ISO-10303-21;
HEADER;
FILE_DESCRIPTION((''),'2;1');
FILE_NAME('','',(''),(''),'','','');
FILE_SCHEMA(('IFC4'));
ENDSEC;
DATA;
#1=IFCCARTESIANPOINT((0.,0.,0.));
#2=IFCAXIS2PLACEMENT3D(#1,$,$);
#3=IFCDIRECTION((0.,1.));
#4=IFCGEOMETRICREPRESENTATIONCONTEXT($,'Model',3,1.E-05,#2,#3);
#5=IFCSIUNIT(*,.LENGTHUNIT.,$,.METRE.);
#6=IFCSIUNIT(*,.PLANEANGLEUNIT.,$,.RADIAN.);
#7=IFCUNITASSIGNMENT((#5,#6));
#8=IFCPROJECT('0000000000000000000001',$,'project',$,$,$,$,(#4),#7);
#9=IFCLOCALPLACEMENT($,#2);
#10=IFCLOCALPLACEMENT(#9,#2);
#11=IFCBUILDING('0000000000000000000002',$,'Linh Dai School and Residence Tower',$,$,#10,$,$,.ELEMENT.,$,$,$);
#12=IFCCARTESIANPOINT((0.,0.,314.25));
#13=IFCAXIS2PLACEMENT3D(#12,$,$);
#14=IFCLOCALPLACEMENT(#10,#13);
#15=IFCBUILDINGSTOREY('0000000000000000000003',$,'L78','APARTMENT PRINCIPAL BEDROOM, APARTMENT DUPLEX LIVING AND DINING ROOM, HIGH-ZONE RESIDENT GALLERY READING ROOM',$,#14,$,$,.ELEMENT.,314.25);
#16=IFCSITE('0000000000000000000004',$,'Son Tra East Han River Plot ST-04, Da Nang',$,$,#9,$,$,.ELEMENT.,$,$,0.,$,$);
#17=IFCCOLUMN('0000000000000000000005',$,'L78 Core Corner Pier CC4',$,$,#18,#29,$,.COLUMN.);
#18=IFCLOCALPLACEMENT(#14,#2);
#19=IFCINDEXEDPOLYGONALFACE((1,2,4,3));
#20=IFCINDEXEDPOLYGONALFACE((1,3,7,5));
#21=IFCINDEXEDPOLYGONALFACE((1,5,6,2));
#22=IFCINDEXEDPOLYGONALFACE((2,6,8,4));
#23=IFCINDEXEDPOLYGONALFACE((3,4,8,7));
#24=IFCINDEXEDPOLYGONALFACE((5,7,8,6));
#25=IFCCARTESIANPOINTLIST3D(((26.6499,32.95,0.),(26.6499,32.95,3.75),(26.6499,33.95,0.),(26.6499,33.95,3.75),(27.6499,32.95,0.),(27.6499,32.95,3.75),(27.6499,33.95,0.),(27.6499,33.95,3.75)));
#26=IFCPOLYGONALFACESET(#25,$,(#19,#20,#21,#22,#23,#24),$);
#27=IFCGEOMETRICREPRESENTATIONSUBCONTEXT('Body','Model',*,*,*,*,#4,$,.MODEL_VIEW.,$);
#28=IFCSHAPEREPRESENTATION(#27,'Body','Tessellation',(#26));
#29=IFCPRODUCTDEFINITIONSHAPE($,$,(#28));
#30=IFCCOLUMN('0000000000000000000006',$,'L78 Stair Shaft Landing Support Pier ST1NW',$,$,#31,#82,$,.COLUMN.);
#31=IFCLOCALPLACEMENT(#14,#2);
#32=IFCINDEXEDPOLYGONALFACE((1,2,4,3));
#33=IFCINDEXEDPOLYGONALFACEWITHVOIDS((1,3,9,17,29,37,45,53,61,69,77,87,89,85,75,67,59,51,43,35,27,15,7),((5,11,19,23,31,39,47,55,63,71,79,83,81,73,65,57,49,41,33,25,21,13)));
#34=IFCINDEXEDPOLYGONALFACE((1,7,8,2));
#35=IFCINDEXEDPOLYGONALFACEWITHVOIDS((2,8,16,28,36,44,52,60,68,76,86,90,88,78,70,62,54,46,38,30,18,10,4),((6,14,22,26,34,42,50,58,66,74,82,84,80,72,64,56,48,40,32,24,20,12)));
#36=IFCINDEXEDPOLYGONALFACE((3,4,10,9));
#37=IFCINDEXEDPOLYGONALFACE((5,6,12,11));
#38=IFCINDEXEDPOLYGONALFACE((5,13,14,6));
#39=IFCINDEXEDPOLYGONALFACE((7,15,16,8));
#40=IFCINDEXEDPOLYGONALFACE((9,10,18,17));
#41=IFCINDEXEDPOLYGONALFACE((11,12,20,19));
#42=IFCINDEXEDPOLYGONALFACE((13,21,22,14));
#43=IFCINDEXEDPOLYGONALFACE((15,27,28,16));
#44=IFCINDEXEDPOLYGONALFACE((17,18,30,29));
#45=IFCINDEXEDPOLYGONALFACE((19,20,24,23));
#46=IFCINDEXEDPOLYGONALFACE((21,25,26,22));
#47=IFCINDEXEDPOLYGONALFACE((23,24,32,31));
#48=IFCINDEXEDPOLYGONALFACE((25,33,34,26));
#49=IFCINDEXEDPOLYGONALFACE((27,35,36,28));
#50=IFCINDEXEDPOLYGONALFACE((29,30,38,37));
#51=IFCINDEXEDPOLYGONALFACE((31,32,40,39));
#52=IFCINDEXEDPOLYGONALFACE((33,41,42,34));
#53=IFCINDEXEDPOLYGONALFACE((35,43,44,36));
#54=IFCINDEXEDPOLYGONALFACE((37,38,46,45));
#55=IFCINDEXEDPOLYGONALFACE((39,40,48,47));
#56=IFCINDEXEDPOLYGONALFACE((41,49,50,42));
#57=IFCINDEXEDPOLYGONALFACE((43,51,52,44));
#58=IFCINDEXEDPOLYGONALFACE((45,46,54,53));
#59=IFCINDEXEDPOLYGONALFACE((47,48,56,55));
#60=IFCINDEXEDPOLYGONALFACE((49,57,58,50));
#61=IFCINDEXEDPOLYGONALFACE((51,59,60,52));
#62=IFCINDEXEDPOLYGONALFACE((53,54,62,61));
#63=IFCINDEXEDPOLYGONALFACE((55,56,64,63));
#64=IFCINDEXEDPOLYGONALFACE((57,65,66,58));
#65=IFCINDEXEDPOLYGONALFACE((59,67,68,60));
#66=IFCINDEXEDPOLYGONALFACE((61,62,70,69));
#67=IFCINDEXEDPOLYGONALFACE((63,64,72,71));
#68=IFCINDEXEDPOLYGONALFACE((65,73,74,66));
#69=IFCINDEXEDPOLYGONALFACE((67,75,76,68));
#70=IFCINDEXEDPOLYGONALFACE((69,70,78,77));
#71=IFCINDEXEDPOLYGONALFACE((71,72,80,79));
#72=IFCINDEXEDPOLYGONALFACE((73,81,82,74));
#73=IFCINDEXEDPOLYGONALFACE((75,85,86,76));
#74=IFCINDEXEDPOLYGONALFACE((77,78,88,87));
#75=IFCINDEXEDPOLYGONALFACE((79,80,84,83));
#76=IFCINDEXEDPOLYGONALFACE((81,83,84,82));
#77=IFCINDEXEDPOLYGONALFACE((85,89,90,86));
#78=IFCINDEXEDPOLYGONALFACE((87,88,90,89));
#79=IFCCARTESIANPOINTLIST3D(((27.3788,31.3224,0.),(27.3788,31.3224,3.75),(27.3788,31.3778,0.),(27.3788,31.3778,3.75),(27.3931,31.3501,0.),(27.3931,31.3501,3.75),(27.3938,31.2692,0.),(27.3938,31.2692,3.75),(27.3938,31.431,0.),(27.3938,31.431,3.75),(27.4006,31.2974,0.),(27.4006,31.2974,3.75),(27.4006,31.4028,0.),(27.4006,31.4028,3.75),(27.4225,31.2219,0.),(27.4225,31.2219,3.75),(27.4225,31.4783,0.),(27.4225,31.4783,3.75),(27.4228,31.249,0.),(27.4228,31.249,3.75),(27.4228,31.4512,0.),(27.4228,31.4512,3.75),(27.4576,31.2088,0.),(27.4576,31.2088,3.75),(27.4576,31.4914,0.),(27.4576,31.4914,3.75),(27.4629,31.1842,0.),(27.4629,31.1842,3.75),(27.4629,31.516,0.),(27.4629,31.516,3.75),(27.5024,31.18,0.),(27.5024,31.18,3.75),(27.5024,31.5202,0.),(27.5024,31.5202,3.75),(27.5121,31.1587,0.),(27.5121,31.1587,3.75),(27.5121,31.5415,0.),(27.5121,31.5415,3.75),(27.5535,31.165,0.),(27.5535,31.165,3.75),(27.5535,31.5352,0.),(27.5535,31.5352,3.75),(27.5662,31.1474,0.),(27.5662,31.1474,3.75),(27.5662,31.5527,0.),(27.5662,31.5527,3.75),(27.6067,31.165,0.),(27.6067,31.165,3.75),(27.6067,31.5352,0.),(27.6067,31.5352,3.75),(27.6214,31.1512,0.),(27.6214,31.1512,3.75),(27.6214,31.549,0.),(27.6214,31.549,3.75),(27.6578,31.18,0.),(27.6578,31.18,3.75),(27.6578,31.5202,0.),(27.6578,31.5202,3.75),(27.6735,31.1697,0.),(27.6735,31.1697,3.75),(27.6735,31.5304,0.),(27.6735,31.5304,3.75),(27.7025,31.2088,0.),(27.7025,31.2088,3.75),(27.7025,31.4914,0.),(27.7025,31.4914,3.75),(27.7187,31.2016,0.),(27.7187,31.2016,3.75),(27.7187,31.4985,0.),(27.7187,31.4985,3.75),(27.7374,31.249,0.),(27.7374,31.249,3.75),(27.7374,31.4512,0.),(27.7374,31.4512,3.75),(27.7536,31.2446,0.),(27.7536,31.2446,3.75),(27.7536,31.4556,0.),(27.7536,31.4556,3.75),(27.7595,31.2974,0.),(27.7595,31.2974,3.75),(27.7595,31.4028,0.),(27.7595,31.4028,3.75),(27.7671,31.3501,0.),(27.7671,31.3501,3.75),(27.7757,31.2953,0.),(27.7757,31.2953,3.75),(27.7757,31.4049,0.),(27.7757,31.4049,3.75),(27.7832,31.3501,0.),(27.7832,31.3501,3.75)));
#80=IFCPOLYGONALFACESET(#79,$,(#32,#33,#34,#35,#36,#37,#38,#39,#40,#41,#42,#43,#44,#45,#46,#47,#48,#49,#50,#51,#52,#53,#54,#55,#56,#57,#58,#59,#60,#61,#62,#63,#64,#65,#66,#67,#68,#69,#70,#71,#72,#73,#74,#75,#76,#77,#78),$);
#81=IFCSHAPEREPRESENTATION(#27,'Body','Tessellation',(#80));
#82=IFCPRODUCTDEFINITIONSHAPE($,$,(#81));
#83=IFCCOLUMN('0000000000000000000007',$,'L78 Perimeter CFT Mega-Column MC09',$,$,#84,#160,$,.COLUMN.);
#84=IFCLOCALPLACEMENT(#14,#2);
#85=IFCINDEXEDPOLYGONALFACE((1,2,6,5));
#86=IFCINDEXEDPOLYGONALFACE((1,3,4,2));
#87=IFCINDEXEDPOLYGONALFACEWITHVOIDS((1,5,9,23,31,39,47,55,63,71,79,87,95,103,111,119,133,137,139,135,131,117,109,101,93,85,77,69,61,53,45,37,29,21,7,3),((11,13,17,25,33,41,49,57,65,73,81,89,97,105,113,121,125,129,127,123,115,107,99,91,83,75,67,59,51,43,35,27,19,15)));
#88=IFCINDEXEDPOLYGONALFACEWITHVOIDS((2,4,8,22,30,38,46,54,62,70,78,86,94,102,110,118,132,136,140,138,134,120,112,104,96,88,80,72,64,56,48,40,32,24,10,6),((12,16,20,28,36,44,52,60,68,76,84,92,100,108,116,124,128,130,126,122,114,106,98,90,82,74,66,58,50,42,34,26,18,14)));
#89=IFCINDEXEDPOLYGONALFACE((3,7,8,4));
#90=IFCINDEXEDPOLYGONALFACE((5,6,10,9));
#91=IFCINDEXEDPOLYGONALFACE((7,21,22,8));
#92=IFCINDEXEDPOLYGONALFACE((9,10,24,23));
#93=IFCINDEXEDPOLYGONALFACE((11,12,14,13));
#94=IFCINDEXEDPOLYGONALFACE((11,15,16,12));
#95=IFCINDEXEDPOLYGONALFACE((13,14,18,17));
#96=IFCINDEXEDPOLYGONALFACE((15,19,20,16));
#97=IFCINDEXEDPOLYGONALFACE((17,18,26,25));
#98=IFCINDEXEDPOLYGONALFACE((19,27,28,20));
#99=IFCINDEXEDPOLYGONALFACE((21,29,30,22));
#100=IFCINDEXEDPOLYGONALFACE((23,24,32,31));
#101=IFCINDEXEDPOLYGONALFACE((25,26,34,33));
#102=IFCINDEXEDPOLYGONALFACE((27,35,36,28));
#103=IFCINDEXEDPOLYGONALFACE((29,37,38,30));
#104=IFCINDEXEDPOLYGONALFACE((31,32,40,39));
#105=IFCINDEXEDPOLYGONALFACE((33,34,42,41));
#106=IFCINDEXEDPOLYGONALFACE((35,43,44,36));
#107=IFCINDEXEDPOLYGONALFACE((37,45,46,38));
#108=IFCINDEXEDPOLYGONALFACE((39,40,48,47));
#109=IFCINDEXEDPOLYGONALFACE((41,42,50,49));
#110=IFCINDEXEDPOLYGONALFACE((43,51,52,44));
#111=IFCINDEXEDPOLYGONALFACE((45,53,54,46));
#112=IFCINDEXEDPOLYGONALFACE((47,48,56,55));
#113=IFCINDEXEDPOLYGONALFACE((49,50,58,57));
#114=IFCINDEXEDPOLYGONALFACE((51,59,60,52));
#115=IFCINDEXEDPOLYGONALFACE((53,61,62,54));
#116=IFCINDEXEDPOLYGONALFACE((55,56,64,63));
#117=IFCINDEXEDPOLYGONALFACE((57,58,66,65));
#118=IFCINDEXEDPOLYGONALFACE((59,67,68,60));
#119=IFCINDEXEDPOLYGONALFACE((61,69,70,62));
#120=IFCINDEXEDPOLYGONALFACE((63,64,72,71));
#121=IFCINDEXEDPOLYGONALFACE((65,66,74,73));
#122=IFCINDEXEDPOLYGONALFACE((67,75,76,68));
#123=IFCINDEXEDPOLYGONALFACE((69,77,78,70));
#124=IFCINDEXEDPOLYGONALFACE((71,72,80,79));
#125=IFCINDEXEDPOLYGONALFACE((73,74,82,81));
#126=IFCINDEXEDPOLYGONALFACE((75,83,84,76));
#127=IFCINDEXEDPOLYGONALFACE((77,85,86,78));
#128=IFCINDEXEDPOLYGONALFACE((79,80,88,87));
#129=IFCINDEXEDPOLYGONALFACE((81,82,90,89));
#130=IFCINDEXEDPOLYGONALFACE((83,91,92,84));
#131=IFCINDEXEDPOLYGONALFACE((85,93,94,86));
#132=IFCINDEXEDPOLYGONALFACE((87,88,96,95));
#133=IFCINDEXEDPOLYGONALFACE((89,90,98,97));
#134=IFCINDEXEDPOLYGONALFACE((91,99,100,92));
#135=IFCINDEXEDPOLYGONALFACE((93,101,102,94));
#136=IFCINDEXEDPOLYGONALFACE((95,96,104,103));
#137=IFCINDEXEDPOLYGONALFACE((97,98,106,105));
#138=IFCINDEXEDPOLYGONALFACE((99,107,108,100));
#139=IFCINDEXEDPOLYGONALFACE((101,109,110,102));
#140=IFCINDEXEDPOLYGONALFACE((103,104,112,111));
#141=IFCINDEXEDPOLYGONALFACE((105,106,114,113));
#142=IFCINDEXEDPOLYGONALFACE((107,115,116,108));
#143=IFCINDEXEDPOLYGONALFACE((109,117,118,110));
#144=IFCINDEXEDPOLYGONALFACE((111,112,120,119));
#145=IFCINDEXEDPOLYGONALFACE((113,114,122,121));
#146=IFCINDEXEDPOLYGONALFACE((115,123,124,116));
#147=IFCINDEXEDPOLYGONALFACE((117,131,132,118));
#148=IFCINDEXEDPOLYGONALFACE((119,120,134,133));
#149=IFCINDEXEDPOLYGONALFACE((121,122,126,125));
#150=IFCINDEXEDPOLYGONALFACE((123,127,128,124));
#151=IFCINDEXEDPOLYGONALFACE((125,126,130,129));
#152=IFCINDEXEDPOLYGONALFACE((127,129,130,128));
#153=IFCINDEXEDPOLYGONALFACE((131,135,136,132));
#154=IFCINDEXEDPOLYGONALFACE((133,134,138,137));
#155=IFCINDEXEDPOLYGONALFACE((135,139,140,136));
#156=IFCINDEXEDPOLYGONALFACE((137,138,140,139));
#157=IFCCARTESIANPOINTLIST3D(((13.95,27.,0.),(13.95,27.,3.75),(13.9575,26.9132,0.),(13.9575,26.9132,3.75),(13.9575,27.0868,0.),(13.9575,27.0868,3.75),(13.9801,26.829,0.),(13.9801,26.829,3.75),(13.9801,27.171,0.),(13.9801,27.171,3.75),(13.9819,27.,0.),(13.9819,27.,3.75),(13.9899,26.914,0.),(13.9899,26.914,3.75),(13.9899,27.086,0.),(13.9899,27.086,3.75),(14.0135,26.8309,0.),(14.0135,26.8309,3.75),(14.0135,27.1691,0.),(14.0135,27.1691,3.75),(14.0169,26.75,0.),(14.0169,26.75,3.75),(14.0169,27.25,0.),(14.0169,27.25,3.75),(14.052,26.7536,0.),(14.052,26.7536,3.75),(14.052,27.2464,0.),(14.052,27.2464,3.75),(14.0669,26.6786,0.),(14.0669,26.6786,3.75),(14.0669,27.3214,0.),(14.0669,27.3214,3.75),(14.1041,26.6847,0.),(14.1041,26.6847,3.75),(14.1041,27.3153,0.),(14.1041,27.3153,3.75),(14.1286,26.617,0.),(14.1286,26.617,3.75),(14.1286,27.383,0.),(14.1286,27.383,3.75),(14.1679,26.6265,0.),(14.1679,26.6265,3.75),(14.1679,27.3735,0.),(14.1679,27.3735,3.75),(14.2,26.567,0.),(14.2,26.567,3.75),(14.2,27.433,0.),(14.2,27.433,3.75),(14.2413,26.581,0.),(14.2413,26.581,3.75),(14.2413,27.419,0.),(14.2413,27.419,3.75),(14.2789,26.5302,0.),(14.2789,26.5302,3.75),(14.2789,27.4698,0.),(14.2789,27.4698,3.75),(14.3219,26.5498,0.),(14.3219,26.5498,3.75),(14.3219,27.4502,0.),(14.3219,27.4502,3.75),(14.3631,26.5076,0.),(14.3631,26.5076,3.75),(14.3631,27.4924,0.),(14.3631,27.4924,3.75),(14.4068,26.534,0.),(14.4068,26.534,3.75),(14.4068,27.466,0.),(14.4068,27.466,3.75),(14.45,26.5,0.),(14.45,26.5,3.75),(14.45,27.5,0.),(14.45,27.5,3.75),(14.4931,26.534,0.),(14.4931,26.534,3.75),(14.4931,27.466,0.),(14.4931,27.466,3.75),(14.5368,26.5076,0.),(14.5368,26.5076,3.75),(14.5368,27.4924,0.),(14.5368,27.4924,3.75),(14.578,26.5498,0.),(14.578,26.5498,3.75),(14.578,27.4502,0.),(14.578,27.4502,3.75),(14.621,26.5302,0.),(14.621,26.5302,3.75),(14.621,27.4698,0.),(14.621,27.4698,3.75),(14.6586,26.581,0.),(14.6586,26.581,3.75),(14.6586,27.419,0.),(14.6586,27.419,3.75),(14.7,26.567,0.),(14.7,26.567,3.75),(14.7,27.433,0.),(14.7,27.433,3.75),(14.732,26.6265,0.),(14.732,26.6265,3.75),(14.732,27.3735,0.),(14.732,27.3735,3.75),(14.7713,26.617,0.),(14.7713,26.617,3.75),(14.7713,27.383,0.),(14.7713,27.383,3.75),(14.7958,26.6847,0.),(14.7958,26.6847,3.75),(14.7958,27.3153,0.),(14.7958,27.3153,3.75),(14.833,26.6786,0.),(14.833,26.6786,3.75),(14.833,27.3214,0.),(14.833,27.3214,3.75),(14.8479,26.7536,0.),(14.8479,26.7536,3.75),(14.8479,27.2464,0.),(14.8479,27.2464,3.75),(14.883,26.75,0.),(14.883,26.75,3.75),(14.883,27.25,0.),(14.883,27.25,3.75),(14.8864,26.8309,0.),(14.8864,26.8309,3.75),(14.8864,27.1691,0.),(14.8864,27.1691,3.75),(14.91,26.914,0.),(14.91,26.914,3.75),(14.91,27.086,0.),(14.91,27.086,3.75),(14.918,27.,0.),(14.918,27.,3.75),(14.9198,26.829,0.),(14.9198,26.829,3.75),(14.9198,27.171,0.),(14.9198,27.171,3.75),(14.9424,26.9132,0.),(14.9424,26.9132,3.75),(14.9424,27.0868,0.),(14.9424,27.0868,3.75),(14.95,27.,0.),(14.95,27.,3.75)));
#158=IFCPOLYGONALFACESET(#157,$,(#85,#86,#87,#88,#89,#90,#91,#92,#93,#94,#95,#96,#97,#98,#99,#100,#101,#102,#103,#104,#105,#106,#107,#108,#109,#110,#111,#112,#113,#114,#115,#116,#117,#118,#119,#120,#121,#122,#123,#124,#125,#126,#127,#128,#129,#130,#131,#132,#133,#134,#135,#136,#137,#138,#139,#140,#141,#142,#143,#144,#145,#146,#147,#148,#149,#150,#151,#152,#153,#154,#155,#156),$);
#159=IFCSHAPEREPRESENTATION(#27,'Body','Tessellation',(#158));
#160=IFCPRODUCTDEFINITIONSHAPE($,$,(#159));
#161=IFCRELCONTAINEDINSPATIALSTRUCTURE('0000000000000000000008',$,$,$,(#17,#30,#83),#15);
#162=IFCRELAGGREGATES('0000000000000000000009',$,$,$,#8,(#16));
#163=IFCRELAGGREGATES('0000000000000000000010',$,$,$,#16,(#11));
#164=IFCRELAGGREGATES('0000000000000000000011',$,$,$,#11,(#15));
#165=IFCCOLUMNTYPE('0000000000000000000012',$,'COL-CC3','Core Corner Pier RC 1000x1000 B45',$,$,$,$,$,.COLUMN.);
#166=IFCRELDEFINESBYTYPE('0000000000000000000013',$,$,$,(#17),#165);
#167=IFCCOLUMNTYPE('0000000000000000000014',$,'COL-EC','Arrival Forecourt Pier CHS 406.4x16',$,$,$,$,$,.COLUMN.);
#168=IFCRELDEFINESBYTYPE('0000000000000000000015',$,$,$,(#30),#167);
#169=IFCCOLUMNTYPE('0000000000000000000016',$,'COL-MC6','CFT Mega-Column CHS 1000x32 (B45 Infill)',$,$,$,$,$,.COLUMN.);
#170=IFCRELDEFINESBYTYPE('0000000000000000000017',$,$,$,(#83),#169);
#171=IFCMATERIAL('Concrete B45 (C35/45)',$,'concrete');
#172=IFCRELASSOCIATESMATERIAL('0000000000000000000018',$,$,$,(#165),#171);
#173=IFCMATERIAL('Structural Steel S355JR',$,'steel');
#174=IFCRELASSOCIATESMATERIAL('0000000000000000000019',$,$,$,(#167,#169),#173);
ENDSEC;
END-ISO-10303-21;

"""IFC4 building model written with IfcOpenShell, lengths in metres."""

from ifc_helpers import new_model, si_unit, direction, frame, origin, origin_2d, place, context, subcontext, project, spatial, rectangle, hollow_circle, extrude, material, material_profile, profile_set, type_object, element, save


model = new_model("IFC4")

# Units and contexts
model_context = context("Model", 3, precision=1e-05, world=origin(), true_north=direction((0.0, 1.0)))
body_context = subcontext(model_context, "Body", "Model", "MODEL_VIEW")
ifc_project = project(units=[si_unit("LENGTHUNIT", "METRE"), si_unit("PLANEANGLEUNIT", "RADIAN")], contexts=[model_context])

# Site, building, storey
site_placement = place(None, origin())
site = spatial("IfcSite", under=ifc_project, at=site_placement, Name="Son Tra East Han River Plot ST-04, Da Nang", CompositionType="ELEMENT", RefElevation=0.0)
building_placement = place(site_placement, origin())
building = spatial("IfcBuilding", under=site, at=building_placement, Name="Linh Dai School and Residence Tower", CompositionType="ELEMENT")
storey_placement = place(building_placement, frame((0.0, 0.0, 314.25)))
storey = spatial("IfcBuildingStorey", under=building, at=storey_placement, Name="L78", Description="APARTMENT PRINCIPAL BEDROOM, APARTMENT DUPLEX LIVING AND DINING ROOM, HIGH-ZONE RESIDENT GALLERY READING ROOM", CompositionType="ELEMENT", Elevation=314.25)

# Columns
ifc_material_1 = material(Name="Concrete B45 (C35/45)", Category="concrete")
ifc_material_profile_1 = material_profile(ifc_material_1, rectangle(XDim=1.0, YDim=1.0, at=origin_2d()), Name="RC 1000x1000")
ifc_profile_set_1 = profile_set([ifc_material_profile_1], Name="Concrete B45 (C35/45)")
column_type_1 = type_object("IfcColumnType", Name="COL-CC3", Description="Core Corner Pier RC 1000x1000 B45", PredefinedType="COLUMN", material=ifc_profile_set_1)
column_1_placement = place(storey_placement, frame((27.1499, 33.45, 0.0), z_axis=(0.0, 0.0, 1.0), x_axis=(1.0, 0.0, 0.0)))
element("IfcColumn", 1, at=column_1_placement, inside=storey, type_object=column_type_1, Name="L78 Core Corner Pier CC4", PredefinedType="COLUMN", context=body_context, shape_type="SweptSolid", body=[
    extrude(rectangle(XDim=1.0, YDim=1.0, at=origin_2d()), origin(), (0.0, 0.0, 1.0), 3.75),
])
ifc_material_2 = material(Name="Structural Steel S355JR", Category="steel")
ifc_material_profile_2 = material_profile(ifc_material_2, hollow_circle(Radius=0.2031, WallThickness=0.0161, at=origin_2d()), Name="CHS 406.4x16")
ifc_profile_set_2 = profile_set([ifc_material_profile_2], Name="Structural Steel S355JR")
column_type_2 = type_object("IfcColumnType", Name="COL-EC", Description="Arrival Forecourt Pier CHS 406.4x16", PredefinedType="COLUMN", material=ifc_profile_set_2)
column_2_placement = place(storey_placement, frame((27.5801, 31.3501, 0.0), z_axis=(0.0, 0.0, 1.0), x_axis=(1.0, 0.0, 0.0)))
element("IfcColumn", 2, at=column_2_placement, inside=storey, type_object=column_type_2, Name="L78 Stair Shaft Landing Support Pier ST1NW", PredefinedType="COLUMN", context=body_context, shape_type="SweptSolid", body=[
    extrude(hollow_circle(Radius=0.2031, WallThickness=0.0161, at=origin_2d()), origin(), (0.0, 0.0, 1.0), 3.75),
])
ifc_material_profile_3 = material_profile(ifc_material_2, hollow_circle(Radius=0.5, WallThickness=0.032, at=origin_2d()), Name="CHS 1000x32")
ifc_profile_set_3 = profile_set([ifc_material_profile_3], Name="Structural Steel S355JR")
column_type_3 = type_object("IfcColumnType", Name="COL-MC6", Description="CFT Mega-Column CHS 1000x32 (B45 Infill)", PredefinedType="COLUMN", material=ifc_profile_set_3)
column_3_placement = place(storey_placement, frame((14.45, 27.0, 0.0), z_axis=(0.0, 0.0, 1.0), x_axis=(1.0, 0.0, 0.0)))
element("IfcColumn", 3, at=column_3_placement, inside=storey, type_object=column_type_3, Name="L78 Perimeter CFT Mega-Column MC09", PredefinedType="COLUMN", context=body_context, shape_type="SweptSolid", body=[
    extrude(hollow_circle(Radius=0.5, WallThickness=0.032, at=origin_2d()), origin(), (0.0, 0.0, 1.0), 3.75),
])

save(model, "model.ifc")
